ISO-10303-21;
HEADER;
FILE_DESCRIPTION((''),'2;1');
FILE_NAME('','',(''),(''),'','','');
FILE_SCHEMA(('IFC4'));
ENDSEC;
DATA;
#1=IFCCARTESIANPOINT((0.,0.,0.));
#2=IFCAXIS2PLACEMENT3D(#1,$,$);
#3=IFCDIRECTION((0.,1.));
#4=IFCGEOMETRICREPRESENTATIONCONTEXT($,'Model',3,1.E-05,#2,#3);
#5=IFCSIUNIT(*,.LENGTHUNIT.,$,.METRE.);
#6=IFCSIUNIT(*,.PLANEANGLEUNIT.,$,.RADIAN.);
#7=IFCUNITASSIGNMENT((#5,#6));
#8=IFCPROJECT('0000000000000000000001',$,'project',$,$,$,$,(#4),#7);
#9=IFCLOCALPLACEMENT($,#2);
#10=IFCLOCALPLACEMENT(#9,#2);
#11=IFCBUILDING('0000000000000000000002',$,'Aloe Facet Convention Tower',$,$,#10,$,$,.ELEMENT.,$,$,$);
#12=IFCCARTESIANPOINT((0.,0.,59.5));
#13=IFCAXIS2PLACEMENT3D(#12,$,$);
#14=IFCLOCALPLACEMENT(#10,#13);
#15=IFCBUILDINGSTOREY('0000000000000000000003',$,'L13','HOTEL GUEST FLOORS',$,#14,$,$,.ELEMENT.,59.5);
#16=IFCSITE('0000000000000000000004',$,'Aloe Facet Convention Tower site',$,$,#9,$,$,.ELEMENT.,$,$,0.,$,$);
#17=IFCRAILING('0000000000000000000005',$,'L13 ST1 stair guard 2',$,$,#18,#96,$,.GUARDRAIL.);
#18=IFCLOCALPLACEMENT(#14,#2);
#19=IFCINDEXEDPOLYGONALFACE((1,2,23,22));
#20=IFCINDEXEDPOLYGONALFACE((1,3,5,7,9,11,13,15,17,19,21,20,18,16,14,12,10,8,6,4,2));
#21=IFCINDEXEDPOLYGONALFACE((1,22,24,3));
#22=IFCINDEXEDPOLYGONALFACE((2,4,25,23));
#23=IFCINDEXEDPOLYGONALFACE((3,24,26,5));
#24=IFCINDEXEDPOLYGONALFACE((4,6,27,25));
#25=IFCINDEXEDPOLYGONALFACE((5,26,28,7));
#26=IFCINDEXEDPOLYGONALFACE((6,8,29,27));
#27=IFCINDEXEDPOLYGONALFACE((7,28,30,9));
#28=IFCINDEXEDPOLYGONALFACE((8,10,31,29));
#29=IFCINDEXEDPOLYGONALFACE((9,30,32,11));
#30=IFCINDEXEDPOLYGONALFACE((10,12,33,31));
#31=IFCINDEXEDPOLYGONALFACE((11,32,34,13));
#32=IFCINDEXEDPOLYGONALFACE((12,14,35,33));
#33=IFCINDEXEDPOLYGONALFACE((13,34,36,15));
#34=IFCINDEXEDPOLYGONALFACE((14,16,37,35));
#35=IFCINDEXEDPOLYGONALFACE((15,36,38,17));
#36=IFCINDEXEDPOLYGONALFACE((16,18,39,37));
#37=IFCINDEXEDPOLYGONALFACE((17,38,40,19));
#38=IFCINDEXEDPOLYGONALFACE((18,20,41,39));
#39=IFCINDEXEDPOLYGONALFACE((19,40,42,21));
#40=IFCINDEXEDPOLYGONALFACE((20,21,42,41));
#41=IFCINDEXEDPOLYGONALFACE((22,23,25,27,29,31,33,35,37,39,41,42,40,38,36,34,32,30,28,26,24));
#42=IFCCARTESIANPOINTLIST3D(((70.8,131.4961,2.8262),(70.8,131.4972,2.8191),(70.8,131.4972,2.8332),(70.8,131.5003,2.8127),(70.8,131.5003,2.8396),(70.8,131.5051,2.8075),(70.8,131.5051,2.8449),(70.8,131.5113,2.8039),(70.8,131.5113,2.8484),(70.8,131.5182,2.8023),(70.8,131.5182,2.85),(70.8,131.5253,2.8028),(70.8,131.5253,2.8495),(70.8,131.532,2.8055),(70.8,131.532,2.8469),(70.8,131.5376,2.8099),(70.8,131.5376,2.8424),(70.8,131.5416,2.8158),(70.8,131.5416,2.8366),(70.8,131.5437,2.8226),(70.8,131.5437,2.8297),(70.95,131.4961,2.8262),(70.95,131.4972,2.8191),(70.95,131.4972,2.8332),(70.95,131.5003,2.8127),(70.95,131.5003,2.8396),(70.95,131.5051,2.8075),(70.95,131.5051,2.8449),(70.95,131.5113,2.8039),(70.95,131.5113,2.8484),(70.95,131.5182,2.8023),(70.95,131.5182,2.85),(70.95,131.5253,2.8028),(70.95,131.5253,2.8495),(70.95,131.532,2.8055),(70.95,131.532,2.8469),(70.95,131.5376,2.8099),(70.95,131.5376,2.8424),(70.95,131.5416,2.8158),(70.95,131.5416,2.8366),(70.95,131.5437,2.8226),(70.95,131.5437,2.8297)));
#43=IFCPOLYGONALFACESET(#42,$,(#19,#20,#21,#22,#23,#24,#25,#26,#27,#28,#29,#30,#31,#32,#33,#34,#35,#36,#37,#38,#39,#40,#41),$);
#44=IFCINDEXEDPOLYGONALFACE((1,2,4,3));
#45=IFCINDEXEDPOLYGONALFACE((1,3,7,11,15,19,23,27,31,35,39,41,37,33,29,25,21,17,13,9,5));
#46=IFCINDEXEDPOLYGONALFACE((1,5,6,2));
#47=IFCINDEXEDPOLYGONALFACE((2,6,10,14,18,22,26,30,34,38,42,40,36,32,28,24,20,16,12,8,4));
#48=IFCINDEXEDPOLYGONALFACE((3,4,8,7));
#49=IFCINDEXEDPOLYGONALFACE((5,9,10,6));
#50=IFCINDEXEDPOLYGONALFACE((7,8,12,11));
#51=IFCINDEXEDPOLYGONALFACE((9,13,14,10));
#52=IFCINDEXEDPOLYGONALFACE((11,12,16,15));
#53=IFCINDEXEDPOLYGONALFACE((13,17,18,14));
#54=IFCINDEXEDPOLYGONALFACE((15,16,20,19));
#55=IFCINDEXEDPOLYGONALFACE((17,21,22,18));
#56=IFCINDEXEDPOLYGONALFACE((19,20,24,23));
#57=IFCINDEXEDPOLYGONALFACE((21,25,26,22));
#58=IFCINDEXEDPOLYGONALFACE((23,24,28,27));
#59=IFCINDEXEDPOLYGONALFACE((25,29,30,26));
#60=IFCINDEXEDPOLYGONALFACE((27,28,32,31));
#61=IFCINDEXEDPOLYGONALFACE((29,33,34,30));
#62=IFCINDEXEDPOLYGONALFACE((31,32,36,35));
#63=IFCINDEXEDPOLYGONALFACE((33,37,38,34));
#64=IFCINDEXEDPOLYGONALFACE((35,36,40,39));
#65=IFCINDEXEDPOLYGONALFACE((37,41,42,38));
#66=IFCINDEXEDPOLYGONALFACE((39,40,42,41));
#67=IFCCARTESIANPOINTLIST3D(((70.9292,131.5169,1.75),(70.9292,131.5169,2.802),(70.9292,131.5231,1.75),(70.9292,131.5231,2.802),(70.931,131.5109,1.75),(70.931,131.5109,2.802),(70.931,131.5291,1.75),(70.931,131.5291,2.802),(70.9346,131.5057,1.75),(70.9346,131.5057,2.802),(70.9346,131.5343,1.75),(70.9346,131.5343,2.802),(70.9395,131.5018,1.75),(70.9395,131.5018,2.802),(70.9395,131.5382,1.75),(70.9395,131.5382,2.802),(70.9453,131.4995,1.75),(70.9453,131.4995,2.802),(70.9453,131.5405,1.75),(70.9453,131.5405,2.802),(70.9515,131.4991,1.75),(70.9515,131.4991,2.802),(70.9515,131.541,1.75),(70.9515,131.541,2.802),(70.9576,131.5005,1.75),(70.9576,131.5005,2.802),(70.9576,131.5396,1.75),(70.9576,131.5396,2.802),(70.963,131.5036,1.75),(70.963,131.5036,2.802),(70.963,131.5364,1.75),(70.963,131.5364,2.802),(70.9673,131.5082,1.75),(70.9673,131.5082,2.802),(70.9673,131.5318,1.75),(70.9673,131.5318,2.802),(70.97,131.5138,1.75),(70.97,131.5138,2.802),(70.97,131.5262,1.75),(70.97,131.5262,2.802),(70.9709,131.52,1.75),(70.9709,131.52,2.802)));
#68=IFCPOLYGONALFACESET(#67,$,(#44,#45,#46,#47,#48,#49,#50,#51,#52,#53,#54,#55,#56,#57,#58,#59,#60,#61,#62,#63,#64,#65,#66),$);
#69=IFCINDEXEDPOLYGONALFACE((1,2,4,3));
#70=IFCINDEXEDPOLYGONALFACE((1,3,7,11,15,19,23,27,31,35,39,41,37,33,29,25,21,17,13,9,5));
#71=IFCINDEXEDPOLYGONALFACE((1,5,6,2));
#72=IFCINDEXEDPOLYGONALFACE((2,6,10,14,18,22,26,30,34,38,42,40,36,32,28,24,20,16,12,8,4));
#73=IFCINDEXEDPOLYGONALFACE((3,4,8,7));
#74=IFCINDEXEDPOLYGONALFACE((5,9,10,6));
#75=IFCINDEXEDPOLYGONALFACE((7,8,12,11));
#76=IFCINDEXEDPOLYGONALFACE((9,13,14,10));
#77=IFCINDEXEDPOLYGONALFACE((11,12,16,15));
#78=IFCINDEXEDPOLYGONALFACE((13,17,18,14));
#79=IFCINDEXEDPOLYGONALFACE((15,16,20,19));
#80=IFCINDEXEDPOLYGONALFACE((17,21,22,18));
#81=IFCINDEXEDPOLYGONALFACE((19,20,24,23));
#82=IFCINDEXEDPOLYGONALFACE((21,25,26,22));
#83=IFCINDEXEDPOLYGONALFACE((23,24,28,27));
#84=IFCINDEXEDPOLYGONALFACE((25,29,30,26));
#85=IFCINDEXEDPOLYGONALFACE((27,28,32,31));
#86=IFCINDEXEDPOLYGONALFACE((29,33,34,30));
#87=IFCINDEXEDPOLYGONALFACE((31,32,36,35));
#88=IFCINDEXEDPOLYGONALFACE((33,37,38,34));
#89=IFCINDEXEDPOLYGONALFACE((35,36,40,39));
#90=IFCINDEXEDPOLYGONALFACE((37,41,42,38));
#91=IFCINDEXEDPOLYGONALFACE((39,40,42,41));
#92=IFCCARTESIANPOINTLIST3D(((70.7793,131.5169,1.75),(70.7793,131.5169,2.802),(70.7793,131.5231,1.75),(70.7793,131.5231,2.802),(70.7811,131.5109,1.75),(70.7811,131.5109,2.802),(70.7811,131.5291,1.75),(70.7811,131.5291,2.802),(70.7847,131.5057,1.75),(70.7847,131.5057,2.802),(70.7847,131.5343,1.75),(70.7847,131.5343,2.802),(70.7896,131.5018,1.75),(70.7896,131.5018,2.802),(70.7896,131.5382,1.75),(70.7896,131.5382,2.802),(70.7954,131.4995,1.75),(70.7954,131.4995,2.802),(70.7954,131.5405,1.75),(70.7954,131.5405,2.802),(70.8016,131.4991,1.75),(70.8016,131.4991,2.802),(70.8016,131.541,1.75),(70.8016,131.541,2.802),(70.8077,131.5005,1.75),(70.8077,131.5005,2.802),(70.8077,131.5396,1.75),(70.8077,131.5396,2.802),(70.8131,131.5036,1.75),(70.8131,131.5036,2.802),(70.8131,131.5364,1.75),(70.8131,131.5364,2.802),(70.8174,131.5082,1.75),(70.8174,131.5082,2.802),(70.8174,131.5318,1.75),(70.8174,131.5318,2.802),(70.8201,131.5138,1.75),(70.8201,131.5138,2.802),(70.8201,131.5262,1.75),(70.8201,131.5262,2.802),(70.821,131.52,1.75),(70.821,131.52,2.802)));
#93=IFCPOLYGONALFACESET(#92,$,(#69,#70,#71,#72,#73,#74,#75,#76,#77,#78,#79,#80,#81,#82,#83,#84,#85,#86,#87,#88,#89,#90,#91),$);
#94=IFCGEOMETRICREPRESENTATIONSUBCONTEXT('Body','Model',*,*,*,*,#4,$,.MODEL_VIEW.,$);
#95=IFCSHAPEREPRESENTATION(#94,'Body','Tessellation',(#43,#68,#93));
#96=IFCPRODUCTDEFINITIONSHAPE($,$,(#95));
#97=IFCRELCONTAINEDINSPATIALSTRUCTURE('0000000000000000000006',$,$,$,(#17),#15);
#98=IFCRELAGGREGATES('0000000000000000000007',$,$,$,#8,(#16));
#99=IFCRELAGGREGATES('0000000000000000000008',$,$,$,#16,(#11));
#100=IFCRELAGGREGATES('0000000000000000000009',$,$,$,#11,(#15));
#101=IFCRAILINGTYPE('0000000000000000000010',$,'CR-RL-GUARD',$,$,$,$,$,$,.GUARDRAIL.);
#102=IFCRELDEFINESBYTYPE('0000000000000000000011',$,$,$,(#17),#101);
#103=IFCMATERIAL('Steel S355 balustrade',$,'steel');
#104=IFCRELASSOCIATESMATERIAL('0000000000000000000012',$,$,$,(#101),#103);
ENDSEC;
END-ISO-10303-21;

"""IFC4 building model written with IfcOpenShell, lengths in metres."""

from ifc_helpers import new_model, si_unit, direction, frame, origin, origin_2d, place, context, subcontext, project, spatial, circle, extrude, material, type_object, element, save


model = new_model("IFC4")

# Units and contexts
model_context = context("Model", 3, precision=1e-05, world=origin(), true_north=direction((0.0, 1.0)))
body_context = subcontext(model_context, "Body", "Model", "MODEL_VIEW")
ifc_project = project(units=[si_unit("LENGTHUNIT", "METRE"), si_unit("PLANEANGLEUNIT", "RADIAN")], contexts=[model_context])

# Site, building, storey
site_placement = place(None, origin())
site = spatial("IfcSite", under=ifc_project, at=site_placement, Name="Aloe Facet Convention Tower site", CompositionType="ELEMENT", RefElevation=0.0)
building_placement = place(site_placement, origin())
building = spatial("IfcBuilding", under=site, at=building_placement, Name="Aloe Facet Convention Tower", CompositionType="ELEMENT")
storey_placement = place(building_placement, frame((0.0, 0.0, 59.5)))
storey = spatial("IfcBuildingStorey", under=building, at=storey_placement, Name="L13", Description="HOTEL GUEST FLOORS", CompositionType="ELEMENT", Elevation=59.5)

# Railing
ifc_material_1 = material(Name="Steel S355 balustrade", Category="steel")
railing_type_1 = type_object("IfcRailingType", Name="CR-RL-GUARD", PredefinedType="GUARDRAIL", material=ifc_material_1)
railing_1_placement = place(storey_placement, frame((70.95, 131.52, 1.75)))
element("IfcRailing", 1, at=railing_1_placement, inside=storey, type_object=railing_type_1, Name="L13 ST1 stair guard 2", PredefinedType="GUARDRAIL", context=body_context, shape_type="SweptSolid", body=[
    extrude(circle(Radius=0.0239, at=origin_2d()), frame((0.0, 0.0, 1.0762), z_axis=(-1.0, 0.0, 0.0), x_axis=(0.0, -1.0, 0.0)), (0.0, 0.0, 1.0), 0.1499),
    extrude(circle(Radius=0.021, at=origin_2d()), origin(), (0.0, 0.0, 1.0), 1.052),
    extrude(circle(Radius=0.021, at=origin_2d()), frame((-0.1499, 0.0, 0.0)), (0.0, 0.0, 1.0), 1.052),
])

save(model, "model.ifc")
